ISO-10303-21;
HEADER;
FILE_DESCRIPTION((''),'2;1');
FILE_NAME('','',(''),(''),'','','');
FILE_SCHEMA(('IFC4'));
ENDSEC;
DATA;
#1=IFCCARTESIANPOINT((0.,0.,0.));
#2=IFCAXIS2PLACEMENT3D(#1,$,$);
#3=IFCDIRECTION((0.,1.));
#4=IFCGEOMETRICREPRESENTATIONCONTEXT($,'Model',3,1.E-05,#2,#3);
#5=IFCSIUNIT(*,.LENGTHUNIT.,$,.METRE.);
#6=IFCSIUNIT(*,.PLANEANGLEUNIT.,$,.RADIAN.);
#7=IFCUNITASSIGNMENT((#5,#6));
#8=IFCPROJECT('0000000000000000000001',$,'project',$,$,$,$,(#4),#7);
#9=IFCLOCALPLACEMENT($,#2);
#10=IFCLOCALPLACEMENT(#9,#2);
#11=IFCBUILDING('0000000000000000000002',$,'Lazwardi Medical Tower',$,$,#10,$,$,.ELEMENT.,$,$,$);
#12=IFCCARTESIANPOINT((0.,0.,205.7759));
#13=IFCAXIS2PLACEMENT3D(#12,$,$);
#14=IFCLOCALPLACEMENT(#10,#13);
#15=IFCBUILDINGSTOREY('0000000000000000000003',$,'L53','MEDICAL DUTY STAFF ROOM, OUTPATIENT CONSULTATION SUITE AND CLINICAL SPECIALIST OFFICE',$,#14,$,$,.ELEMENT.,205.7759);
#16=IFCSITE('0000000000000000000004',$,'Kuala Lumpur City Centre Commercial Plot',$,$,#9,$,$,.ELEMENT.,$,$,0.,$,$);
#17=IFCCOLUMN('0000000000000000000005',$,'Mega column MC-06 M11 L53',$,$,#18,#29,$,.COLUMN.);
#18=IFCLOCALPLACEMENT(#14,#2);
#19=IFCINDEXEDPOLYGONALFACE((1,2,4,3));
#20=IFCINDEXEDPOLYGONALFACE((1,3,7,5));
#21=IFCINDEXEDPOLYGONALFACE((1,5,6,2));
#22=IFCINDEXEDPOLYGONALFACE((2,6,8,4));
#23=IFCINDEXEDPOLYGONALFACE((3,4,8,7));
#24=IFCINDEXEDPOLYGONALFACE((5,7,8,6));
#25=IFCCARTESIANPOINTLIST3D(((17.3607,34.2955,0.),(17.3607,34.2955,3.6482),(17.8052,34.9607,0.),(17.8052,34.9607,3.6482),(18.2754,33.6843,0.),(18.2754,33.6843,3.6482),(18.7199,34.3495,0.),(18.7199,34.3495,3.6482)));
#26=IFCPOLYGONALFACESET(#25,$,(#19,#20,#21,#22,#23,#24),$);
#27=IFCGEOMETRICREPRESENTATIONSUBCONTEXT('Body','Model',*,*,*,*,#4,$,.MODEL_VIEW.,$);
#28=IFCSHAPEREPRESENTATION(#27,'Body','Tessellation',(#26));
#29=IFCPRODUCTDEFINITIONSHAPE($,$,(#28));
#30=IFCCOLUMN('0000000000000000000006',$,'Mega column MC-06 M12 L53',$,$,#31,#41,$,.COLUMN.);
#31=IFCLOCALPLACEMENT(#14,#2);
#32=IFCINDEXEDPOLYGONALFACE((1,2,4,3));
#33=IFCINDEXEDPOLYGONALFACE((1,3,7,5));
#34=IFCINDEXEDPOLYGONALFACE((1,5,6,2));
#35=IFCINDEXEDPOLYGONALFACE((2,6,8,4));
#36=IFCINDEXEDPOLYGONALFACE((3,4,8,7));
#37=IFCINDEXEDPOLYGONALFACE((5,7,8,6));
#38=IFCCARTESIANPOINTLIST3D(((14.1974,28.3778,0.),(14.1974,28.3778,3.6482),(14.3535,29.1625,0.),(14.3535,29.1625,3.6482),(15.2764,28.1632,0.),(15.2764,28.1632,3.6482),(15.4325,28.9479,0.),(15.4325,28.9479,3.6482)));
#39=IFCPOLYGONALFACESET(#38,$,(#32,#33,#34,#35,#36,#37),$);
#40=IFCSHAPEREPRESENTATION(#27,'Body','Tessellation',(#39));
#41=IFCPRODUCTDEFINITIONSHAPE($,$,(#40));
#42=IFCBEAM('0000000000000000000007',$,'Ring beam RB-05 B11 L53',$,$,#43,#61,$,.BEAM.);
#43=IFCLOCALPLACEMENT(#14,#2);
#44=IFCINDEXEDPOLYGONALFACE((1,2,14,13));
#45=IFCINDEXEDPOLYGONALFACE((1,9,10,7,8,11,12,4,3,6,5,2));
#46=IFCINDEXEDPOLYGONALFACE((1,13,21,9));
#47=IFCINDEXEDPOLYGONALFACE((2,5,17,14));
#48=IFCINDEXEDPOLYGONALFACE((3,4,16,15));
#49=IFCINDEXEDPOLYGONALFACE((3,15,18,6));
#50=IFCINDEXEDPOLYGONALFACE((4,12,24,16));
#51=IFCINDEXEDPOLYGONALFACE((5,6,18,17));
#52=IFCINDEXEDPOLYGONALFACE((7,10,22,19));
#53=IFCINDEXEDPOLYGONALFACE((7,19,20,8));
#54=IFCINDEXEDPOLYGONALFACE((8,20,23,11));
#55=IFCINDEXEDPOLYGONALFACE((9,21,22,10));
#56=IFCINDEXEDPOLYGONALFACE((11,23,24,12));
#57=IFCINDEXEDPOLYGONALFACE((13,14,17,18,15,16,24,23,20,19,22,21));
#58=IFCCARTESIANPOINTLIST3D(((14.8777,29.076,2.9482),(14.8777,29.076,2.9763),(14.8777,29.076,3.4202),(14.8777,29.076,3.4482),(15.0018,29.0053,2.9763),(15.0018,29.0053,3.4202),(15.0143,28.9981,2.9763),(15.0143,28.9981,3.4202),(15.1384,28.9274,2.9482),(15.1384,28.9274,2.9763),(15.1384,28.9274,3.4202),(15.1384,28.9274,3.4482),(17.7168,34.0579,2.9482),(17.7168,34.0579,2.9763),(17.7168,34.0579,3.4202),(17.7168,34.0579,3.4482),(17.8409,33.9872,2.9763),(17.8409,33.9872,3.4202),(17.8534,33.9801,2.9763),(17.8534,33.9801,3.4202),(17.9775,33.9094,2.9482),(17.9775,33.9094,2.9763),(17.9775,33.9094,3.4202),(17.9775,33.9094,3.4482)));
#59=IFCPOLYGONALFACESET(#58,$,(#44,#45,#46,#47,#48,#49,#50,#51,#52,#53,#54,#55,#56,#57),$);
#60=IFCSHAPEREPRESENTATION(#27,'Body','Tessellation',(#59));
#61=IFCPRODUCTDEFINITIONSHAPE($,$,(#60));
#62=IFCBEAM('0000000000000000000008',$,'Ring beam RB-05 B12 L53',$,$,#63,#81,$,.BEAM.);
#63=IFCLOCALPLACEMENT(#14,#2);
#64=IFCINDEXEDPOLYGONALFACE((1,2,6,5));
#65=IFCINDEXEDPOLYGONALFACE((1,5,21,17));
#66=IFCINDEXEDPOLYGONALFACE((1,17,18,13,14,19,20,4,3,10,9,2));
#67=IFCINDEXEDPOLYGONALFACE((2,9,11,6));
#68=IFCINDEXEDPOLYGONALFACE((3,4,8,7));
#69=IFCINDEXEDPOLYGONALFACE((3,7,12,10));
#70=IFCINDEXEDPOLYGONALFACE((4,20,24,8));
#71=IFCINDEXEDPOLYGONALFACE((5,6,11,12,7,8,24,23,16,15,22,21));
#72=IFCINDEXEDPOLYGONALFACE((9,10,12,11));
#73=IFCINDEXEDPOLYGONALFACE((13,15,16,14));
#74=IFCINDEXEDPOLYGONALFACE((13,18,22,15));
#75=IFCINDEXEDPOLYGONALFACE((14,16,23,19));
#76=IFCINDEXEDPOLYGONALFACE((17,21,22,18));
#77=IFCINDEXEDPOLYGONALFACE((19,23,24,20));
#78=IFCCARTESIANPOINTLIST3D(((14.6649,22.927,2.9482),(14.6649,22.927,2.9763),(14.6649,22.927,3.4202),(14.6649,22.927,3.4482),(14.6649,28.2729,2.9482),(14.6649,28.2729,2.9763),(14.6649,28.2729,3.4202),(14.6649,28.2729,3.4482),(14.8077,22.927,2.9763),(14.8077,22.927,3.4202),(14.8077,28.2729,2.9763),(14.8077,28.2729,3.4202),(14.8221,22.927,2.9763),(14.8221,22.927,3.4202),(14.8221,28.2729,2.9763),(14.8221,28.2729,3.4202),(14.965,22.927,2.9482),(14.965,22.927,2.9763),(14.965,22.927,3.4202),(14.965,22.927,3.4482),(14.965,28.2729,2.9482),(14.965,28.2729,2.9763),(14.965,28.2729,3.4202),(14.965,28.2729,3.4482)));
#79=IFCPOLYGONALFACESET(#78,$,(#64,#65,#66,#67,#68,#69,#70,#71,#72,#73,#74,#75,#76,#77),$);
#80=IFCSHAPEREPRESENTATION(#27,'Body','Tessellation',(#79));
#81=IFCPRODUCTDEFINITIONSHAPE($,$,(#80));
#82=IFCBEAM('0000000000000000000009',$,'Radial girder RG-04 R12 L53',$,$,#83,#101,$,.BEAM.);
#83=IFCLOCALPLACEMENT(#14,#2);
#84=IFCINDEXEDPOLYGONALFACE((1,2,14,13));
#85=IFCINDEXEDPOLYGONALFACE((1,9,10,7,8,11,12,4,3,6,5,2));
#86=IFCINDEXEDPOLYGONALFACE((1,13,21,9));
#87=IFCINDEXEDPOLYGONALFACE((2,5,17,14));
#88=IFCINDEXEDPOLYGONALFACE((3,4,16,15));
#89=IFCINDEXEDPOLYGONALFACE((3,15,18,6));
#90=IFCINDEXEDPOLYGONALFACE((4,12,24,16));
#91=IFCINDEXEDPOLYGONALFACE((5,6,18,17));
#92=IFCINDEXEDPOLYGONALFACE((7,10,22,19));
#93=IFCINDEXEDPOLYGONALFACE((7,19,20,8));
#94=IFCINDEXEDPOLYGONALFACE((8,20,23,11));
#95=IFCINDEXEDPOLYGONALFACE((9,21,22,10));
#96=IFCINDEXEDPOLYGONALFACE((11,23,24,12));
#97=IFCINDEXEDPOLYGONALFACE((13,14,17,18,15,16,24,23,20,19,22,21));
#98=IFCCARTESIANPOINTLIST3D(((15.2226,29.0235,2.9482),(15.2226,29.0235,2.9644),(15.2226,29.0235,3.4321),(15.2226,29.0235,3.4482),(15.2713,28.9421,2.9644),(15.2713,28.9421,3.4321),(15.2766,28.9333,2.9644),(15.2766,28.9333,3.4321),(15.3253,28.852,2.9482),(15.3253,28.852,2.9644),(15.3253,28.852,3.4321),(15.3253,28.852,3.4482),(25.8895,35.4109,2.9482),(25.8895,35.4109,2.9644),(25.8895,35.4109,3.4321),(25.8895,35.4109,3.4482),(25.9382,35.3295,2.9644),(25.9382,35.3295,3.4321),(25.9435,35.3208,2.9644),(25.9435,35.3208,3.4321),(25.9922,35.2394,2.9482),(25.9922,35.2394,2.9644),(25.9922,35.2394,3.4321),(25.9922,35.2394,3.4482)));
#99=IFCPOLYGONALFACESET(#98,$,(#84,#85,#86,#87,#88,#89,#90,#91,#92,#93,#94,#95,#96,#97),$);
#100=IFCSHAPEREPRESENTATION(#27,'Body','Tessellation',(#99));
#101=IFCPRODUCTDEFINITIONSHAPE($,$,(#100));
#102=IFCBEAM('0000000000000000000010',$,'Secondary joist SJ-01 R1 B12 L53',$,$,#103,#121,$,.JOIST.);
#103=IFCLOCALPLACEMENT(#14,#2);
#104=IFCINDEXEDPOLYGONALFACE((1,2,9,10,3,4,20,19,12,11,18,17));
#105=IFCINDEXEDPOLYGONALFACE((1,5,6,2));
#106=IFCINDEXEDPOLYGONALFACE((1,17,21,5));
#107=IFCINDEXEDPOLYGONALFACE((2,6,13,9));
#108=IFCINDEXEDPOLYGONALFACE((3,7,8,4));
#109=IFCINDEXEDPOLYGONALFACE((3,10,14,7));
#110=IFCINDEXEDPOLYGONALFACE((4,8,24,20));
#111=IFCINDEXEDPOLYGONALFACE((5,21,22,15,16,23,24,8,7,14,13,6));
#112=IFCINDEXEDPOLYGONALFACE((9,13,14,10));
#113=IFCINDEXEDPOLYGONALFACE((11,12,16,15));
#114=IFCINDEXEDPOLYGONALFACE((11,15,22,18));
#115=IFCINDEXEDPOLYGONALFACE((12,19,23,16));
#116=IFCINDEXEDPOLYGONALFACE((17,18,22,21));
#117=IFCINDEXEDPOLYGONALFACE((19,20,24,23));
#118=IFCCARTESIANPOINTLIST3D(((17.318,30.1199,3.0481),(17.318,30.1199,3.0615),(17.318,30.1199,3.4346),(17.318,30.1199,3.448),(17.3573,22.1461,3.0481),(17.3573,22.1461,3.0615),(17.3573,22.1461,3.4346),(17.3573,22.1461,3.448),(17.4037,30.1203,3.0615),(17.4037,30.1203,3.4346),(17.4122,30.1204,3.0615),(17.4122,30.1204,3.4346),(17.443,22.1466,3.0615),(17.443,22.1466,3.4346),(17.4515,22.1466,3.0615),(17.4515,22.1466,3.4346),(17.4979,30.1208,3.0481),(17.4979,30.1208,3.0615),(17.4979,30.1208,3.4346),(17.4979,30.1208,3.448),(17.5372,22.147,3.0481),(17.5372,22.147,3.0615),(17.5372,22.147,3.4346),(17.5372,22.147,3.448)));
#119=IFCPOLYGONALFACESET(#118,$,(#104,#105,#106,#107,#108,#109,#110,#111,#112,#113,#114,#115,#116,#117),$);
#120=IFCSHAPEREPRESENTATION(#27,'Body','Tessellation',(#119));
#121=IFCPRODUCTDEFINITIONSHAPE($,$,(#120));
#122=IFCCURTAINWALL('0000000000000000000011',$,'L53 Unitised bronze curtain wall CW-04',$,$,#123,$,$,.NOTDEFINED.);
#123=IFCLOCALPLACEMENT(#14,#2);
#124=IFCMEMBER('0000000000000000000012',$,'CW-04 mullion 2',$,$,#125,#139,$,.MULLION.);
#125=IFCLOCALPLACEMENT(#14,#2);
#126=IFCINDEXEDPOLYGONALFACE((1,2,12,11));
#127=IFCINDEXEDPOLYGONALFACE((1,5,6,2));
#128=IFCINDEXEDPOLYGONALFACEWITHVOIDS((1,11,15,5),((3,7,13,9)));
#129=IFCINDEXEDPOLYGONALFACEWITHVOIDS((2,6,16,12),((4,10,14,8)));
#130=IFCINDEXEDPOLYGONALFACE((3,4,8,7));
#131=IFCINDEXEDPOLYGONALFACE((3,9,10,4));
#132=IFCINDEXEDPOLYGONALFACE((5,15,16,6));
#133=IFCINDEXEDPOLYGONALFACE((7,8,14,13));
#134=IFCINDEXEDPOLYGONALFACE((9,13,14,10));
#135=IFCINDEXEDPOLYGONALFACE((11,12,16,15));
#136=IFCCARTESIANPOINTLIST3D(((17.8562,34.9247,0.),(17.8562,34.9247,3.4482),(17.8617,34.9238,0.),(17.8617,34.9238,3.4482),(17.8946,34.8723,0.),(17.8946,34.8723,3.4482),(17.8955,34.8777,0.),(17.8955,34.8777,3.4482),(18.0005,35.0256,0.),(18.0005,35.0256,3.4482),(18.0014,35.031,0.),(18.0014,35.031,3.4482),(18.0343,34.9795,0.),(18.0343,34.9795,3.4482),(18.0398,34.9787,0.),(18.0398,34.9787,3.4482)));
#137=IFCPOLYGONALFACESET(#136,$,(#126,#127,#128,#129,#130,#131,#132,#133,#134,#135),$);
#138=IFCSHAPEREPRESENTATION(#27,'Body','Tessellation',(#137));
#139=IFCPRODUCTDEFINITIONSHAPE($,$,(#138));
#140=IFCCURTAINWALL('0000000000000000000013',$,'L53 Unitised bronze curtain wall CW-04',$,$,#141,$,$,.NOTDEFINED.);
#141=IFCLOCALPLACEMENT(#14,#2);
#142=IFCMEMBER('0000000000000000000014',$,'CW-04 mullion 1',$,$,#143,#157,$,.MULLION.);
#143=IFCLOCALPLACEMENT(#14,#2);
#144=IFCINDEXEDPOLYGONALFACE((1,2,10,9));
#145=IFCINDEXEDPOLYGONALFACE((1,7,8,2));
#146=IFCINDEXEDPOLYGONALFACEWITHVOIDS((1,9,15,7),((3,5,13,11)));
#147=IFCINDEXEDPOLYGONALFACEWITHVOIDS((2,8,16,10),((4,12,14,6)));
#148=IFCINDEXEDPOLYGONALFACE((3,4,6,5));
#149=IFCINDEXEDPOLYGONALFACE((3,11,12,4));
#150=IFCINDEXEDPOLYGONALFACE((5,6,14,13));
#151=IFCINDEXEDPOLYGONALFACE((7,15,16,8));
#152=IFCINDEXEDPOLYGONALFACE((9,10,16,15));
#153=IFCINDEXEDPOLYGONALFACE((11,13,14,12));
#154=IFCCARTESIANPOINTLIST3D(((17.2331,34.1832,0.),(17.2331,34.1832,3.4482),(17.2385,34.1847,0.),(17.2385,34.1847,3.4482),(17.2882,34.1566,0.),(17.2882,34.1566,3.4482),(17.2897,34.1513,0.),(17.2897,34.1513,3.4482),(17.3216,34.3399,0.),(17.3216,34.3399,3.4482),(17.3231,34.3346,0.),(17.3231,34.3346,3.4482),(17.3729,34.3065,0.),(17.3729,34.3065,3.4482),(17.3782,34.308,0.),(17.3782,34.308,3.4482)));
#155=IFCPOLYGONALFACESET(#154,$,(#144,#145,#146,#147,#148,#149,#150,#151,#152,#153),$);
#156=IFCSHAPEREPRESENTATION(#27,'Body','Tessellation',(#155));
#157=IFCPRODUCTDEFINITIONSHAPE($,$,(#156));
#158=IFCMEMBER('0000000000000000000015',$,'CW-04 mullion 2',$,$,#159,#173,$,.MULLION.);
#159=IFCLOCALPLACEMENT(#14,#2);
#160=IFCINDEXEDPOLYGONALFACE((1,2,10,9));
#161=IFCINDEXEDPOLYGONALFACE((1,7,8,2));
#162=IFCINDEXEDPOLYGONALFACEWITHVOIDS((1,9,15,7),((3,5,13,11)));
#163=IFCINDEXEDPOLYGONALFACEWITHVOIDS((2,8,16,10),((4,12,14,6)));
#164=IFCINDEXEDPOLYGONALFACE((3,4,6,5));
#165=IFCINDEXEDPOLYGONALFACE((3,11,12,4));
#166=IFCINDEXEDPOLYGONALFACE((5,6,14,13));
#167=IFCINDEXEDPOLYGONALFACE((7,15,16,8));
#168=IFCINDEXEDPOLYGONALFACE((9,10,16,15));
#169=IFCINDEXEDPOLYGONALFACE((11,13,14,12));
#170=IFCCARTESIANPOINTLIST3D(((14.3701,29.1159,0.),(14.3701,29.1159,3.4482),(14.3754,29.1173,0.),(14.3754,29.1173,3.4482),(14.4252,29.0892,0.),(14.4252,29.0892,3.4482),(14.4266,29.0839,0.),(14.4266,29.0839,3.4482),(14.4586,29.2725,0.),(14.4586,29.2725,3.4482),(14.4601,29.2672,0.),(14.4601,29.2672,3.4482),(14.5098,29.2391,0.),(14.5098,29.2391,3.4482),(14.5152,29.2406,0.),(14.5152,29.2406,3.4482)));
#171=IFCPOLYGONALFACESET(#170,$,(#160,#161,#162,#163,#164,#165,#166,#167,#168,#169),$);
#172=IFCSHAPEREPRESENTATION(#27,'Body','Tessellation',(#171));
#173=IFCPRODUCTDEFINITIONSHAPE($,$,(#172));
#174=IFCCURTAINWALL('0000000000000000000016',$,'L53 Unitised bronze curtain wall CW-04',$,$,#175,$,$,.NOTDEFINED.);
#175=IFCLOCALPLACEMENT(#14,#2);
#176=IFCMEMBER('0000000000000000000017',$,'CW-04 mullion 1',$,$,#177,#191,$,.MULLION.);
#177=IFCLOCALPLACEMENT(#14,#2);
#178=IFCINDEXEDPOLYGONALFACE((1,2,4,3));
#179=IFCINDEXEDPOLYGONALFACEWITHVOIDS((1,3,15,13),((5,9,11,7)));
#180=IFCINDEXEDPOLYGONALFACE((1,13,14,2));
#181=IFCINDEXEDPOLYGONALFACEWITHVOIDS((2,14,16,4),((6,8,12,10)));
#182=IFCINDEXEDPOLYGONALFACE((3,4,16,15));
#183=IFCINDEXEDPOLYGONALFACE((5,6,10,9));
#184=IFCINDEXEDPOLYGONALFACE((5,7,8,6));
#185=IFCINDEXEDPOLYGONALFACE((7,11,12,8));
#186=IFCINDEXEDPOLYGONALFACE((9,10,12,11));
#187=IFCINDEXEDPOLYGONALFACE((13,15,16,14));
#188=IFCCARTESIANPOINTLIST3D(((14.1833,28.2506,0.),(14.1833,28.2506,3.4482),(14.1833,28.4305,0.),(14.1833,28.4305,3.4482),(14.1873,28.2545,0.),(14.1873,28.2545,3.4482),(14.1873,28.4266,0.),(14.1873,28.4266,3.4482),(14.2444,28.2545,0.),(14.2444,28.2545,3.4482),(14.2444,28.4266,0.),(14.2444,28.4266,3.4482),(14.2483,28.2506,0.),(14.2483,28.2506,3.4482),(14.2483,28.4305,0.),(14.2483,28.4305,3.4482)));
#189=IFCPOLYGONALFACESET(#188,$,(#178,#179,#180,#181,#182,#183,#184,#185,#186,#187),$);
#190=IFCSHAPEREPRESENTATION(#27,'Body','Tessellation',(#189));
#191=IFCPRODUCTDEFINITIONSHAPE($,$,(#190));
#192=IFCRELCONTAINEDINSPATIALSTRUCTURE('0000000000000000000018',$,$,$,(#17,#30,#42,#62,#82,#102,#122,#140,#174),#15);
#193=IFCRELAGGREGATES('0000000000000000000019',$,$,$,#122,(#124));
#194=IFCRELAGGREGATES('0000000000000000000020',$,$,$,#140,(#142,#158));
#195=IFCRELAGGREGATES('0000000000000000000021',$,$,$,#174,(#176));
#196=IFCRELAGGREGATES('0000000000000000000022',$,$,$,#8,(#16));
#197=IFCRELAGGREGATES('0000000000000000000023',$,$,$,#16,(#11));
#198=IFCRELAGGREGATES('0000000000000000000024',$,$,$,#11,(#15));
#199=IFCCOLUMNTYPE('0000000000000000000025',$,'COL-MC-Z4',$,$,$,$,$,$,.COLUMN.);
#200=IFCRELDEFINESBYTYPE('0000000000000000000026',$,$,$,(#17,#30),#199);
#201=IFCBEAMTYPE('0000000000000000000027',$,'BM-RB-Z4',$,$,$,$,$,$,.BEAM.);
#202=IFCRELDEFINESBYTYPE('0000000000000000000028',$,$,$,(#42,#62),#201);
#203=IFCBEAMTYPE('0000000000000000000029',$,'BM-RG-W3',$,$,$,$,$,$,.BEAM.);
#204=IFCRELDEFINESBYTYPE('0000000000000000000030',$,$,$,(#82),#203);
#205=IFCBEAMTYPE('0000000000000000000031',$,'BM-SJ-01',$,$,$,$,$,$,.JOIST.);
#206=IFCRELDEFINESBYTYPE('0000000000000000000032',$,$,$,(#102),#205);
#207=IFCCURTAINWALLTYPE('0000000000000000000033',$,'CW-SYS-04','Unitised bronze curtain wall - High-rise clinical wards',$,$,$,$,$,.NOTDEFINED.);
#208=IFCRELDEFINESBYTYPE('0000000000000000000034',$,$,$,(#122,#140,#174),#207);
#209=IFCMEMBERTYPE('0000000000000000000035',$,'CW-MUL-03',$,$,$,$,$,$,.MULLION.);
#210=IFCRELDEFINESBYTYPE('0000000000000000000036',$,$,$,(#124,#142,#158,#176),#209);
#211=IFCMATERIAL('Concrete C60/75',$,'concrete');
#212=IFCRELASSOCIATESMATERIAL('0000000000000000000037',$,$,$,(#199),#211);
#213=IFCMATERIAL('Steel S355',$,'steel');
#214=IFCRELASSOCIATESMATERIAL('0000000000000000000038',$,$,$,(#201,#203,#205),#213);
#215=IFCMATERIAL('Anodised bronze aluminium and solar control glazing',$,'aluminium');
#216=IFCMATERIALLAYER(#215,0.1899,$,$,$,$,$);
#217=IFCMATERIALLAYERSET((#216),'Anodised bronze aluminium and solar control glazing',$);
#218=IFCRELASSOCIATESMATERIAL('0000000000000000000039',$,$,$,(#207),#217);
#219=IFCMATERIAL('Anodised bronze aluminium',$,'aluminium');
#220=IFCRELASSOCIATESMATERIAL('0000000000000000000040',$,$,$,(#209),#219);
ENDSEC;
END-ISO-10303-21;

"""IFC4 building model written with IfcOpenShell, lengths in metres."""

from ifc_helpers import new_model, si_unit, direction, frame, origin, origin_2d, place, context, subcontext, project, spatial, rectangle, hollow_rectangle, i_section, extrude, material, layer, layer_set, material_profile, profile_set, type_object, element, aggregate, save


model = new_model("IFC4")

# Units and contexts
model_context = context("Model", 3, precision=1e-05, world=origin(), true_north=direction((0.0, 1.0)))
body_context = subcontext(model_context, "Body", "Model", "MODEL_VIEW")
ifc_project = project(units=[si_unit("LENGTHUNIT", "METRE"), si_unit("PLANEANGLEUNIT", "RADIAN")], contexts=[model_context])

# Site, building, storey
site_placement = place(None, origin())
site = spatial("IfcSite", under=ifc_project, at=site_placement, Name="Kuala Lumpur City Centre Commercial Plot", CompositionType="ELEMENT", RefElevation=0.0)
building_placement = place(site_placement, origin())
building = spatial("IfcBuilding", under=site, at=building_placement, Name="Lazwardi Medical Tower", CompositionType="ELEMENT")
storey_placement = place(building_placement, frame((0.0, 0.0, 205.7759)))
storey = spatial("IfcBuildingStorey", under=building, at=storey_placement, Name="L53", Description="MEDICAL DUTY STAFF ROOM, OUTPATIENT CONSULTATION SUITE AND CLINICAL SPECIALIST OFFICE", CompositionType="ELEMENT", Elevation=205.7759)

# Columns
ifc_material_1 = material(Name="Concrete C60/75", Category="concrete")
ifc_material_profile_1 = material_profile(ifc_material_1, rectangle(XDim=1.1001, YDim=0.8, at=origin_2d()), Name="CFT-RECT 1100x800")
ifc_profile_set_1 = profile_set([ifc_material_profile_1], Name="Concrete C60/75")
column_type = type_object("IfcColumnType", Name="COL-MC-Z4", PredefinedType="COLUMN", material=ifc_profile_set_1)
for number, where, z_axis, x_axis, name in (
    (1, (18.0403, 34.3225, 0.0), (0.0, 0.0, 1.0), (-0.83147, 0.55557, 0.0), "Mega column MC-06 M11 L53"),
    (2, (14.8149, 28.6628, 0.0), (0.0, 0.0, 1.0), (-0.980785, 0.19509, 0.0), "Mega column MC-06 M12 L53"),
):
    element("IfcColumn", number, at=place(storey_placement, frame(where, z_axis=z_axis, x_axis=x_axis)), inside=storey, type_object=column_type, Name=name, PredefinedType="COLUMN", context=body_context, shape_type="SweptSolid", body=[
        extrude(rectangle(XDim=1.1001, YDim=0.8, at=origin_2d()), origin(), (0.0, 0.0, 1.0), 3.6482),
    ])

# Beams
ifc_material_2 = material(Name="Steel S355", Category="steel")
ifc_material_profile_2 = material_profile(ifc_material_2, i_section(OverallWidth=0.3, OverallDepth=0.5, WebThickness=0.0144, FlangeThickness=0.0281, at=origin_2d()), Name="HEB 500")
ifc_profile_set_2 = profile_set([ifc_material_profile_2], Name="Steel S355")
beam_type_1 = type_object("IfcBeamType", Name="BM-RB-Z4", PredefinedType="BEAM", material=ifc_profile_set_2)
beam_1_placement = place(storey_placement, frame((17.8472, 33.9836, 3.1982), z_axis=(-0.495125, -0.868822, 0.0), x_axis=(0.868822, -0.495125, 0.0)))
element("IfcBeam", 3, at=beam_1_placement, inside=storey, type_object=beam_type_1, Name="Ring beam RB-05 B11 L53", PredefinedType="BEAM", context=body_context, shape_type="SweptSolid", body=[
    extrude(i_section(OverallWidth=0.3, OverallDepth=0.5, WebThickness=0.0144, FlangeThickness=0.0281, at=origin_2d()), origin(), (0.0, 0.0, 1.0), 5.7341),
])
beam_2_placement = place(storey_placement, frame((14.8149, 28.2729, 3.1982), z_axis=(0.0, -1.0, 0.0), x_axis=(1.0, 0.0, 0.0)))
element("IfcBeam", 4, at=beam_2_placement, inside=storey, type_object=beam_type_1, Name="Ring beam RB-05 B12 L53", PredefinedType="BEAM", context=body_context, shape_type="SweptSolid", body=[
    extrude(i_section(OverallWidth=0.3, OverallDepth=0.5, WebThickness=0.0144, FlangeThickness=0.0281, at=origin_2d()), origin(), (0.0, 0.0, 1.0), 5.3459),
])
ifc_material_profile_3 = material_profile(ifc_material_2, i_section(OverallWidth=0.2, OverallDepth=0.5, WebThickness=0.0103, FlangeThickness=0.0161, at=origin_2d()), Name="IPE 500")
ifc_profile_set_3 = profile_set([ifc_material_profile_3], Name="Steel S355")
beam_type_2 = type_object("IfcBeamType", Name="BM-RG-W3", PredefinedType="BEAM", material=ifc_profile_set_3)
beam_3_placement = place(storey_placement, frame((15.2739, 28.9377, 3.1982), z_axis=(0.857945, 0.513742, 0.0), x_axis=(-0.513742, 0.857945, 0.0)))
element("IfcBeam", 5, at=beam_3_placement, inside=storey, type_object=beam_type_2, Name="Radial girder RG-04 R12 L53", PredefinedType="BEAM", context=body_context, shape_type="SweptSolid", body=[
    extrude(i_section(OverallWidth=0.2, OverallDepth=0.5, WebThickness=0.0103, FlangeThickness=0.0161, at=origin_2d()), origin(), (0.0, 0.0, 1.0), 12.4331),
])
ifc_material_profile_4 = material_profile(ifc_material_2, i_section(OverallWidth=0.1799, OverallDepth=0.3999, WebThickness=0.0085, FlangeThickness=0.0134, at=origin_2d()), Name="IPE 400")
ifc_profile_set_4 = profile_set([ifc_material_profile_4], Name="Steel S355")
beam_type_3 = type_object("IfcBeamType", Name="BM-SJ-01", PredefinedType="JOIST", material=ifc_profile_set_4)
beam_4_placement = place(storey_placement, frame((17.408, 30.1204, 3.248), z_axis=(0.004929, -0.999988, 0.0), x_axis=(0.999988, 0.004929, 0.0)))
element("IfcBeam", 6, at=beam_4_placement, inside=storey, type_object=beam_type_3, Name="Secondary joist SJ-01 R1 B12 L53", PredefinedType="JOIST", context=body_context, shape_type="SweptSolid", body=[
    extrude(i_section(OverallWidth=0.1799, OverallDepth=0.3999, WebThickness=0.0085, FlangeThickness=0.0134, at=origin_2d()), origin(), (0.0, 0.0, 1.0), 7.9739),
])

# Curtain wall, member
ifc_material_3 = material(Name="Anodised bronze aluminium and solar control glazing", Category="aluminium")
ifc_layer_1 = layer(ifc_material_3, 0.1899)
ifc_layer_set_1 = layer_set([ifc_layer_1], Name="Anodised bronze aluminium and solar control glazing")
curtain_wall_type = type_object("IfcCurtainWallType", Name="CW-SYS-04", Description="Unitised bronze curtain wall - High-rise clinical wards", PredefinedType="NOTDEFINED", material=ifc_layer_set_1)
curtain_wall_1_placement = place(storey_placement, origin())
curtain_wall_1 = element("IfcCurtainWall", 7, at=curtain_wall_1_placement, inside=storey, type_object=curtain_wall_type, Name="L53 Unitised bronze curtain wall CW-04", PredefinedType="NOTDEFINED")
ifc_material_4 = material(Name="Anodised bronze aluminium", Category="aluminium")
ifc_material_profile_5 = material_profile(ifc_material_4, hollow_rectangle(XDim=0.0649, YDim=0.1799, WallThickness=0.0039, at=origin_2d()), Name="ALU-MULLION 180x65x4")
ifc_profile_set_5 = profile_set([ifc_material_profile_5], Name="Anodised bronze aluminium")
member_type_1 = type_object("IfcMemberType", Name="CW-MUL-03", PredefinedType="MULLION", material=ifc_profile_set_5)
member_1_placement = place(storey_placement, frame((17.948, 34.9517, 0.0), z_axis=(0.0, 0.0, 1.0), x_axis=(0.591268, -0.806475, 0.0)))
member_1 = element("IfcMember", 8, at=member_1_placement, type_object=member_type_1, Name="CW-04 mullion 2", PredefinedType="MULLION", context=body_context, shape_type="SweptSolid", body=[
    extrude(hollow_rectangle(XDim=0.0649, YDim=0.1799, WallThickness=0.0039, at=origin_2d()), origin(), (0.0, 0.0, 1.0), 3.4482),
])
aggregate(curtain_wall_1, [member_1])

# Curtain wall, members
curtain_wall_2_placement = place(storey_placement, origin())
curtain_wall_2 = element("IfcCurtainWall", 9, at=curtain_wall_2_placement, inside=storey, type_object=curtain_wall_type, Name="L53 Unitised bronze curtain wall CW-04", PredefinedType="NOTDEFINED")
member_2_placement = place(storey_placement, frame((17.3057, 34.2456, 0.0), z_axis=(0.0, 0.0, 1.0), x_axis=(0.870651, -0.4919, 0.0)))
member_2 = element("IfcMember", 10, at=member_2_placement, type_object=member_type_1, Name="CW-04 mullion 1", PredefinedType="MULLION", context=body_context, shape_type="SweptSolid", body=[
    extrude(hollow_rectangle(XDim=0.0649, YDim=0.1799, WallThickness=0.0039, at=origin_2d()), origin(), (0.0, 0.0, 1.0), 3.4482),
])
member_3_placement = place(storey_placement, frame((14.4426, 29.1782, 0.0), z_axis=(0.0, 0.0, 1.0), x_axis=(0.870651, -0.4919, 0.0)))
member_3 = element("IfcMember", 11, at=member_3_placement, type_object=member_type_1, Name="CW-04 mullion 2", PredefinedType="MULLION", context=body_context, shape_type="SweptSolid", body=[
    extrude(hollow_rectangle(XDim=0.0649, YDim=0.1799, WallThickness=0.0039, at=origin_2d()), origin(), (0.0, 0.0, 1.0), 3.4482),
])

# Curtain wall, member
curtain_wall_3_placement = place(storey_placement, origin())
curtain_wall_3 = element("IfcCurtainWall", 12, at=curtain_wall_3_placement, inside=storey, type_object=curtain_wall_type, Name="L53 Unitised bronze curtain wall CW-04", PredefinedType="NOTDEFINED")
member_4_placement = place(storey_placement, frame((14.2158, 28.3406, 0.0), z_axis=(0.0, 0.0, 1.0), x_axis=(1.0, 0.0, 0.0)))
member_4 = element("IfcMember", 13, at=member_4_placement, type_object=member_type_1, Name="CW-04 mullion 1", PredefinedType="MULLION", context=body_context, shape_type="SweptSolid", body=[
    extrude(hollow_rectangle(XDim=0.0649, YDim=0.1799, WallThickness=0.0039, at=origin_2d()), origin(), (0.0, 0.0, 1.0), 3.4482),
])

aggregate(curtain_wall_2, [member_2, member_3])
aggregate(curtain_wall_3, [member_4])

save(model, "model.ifc")
